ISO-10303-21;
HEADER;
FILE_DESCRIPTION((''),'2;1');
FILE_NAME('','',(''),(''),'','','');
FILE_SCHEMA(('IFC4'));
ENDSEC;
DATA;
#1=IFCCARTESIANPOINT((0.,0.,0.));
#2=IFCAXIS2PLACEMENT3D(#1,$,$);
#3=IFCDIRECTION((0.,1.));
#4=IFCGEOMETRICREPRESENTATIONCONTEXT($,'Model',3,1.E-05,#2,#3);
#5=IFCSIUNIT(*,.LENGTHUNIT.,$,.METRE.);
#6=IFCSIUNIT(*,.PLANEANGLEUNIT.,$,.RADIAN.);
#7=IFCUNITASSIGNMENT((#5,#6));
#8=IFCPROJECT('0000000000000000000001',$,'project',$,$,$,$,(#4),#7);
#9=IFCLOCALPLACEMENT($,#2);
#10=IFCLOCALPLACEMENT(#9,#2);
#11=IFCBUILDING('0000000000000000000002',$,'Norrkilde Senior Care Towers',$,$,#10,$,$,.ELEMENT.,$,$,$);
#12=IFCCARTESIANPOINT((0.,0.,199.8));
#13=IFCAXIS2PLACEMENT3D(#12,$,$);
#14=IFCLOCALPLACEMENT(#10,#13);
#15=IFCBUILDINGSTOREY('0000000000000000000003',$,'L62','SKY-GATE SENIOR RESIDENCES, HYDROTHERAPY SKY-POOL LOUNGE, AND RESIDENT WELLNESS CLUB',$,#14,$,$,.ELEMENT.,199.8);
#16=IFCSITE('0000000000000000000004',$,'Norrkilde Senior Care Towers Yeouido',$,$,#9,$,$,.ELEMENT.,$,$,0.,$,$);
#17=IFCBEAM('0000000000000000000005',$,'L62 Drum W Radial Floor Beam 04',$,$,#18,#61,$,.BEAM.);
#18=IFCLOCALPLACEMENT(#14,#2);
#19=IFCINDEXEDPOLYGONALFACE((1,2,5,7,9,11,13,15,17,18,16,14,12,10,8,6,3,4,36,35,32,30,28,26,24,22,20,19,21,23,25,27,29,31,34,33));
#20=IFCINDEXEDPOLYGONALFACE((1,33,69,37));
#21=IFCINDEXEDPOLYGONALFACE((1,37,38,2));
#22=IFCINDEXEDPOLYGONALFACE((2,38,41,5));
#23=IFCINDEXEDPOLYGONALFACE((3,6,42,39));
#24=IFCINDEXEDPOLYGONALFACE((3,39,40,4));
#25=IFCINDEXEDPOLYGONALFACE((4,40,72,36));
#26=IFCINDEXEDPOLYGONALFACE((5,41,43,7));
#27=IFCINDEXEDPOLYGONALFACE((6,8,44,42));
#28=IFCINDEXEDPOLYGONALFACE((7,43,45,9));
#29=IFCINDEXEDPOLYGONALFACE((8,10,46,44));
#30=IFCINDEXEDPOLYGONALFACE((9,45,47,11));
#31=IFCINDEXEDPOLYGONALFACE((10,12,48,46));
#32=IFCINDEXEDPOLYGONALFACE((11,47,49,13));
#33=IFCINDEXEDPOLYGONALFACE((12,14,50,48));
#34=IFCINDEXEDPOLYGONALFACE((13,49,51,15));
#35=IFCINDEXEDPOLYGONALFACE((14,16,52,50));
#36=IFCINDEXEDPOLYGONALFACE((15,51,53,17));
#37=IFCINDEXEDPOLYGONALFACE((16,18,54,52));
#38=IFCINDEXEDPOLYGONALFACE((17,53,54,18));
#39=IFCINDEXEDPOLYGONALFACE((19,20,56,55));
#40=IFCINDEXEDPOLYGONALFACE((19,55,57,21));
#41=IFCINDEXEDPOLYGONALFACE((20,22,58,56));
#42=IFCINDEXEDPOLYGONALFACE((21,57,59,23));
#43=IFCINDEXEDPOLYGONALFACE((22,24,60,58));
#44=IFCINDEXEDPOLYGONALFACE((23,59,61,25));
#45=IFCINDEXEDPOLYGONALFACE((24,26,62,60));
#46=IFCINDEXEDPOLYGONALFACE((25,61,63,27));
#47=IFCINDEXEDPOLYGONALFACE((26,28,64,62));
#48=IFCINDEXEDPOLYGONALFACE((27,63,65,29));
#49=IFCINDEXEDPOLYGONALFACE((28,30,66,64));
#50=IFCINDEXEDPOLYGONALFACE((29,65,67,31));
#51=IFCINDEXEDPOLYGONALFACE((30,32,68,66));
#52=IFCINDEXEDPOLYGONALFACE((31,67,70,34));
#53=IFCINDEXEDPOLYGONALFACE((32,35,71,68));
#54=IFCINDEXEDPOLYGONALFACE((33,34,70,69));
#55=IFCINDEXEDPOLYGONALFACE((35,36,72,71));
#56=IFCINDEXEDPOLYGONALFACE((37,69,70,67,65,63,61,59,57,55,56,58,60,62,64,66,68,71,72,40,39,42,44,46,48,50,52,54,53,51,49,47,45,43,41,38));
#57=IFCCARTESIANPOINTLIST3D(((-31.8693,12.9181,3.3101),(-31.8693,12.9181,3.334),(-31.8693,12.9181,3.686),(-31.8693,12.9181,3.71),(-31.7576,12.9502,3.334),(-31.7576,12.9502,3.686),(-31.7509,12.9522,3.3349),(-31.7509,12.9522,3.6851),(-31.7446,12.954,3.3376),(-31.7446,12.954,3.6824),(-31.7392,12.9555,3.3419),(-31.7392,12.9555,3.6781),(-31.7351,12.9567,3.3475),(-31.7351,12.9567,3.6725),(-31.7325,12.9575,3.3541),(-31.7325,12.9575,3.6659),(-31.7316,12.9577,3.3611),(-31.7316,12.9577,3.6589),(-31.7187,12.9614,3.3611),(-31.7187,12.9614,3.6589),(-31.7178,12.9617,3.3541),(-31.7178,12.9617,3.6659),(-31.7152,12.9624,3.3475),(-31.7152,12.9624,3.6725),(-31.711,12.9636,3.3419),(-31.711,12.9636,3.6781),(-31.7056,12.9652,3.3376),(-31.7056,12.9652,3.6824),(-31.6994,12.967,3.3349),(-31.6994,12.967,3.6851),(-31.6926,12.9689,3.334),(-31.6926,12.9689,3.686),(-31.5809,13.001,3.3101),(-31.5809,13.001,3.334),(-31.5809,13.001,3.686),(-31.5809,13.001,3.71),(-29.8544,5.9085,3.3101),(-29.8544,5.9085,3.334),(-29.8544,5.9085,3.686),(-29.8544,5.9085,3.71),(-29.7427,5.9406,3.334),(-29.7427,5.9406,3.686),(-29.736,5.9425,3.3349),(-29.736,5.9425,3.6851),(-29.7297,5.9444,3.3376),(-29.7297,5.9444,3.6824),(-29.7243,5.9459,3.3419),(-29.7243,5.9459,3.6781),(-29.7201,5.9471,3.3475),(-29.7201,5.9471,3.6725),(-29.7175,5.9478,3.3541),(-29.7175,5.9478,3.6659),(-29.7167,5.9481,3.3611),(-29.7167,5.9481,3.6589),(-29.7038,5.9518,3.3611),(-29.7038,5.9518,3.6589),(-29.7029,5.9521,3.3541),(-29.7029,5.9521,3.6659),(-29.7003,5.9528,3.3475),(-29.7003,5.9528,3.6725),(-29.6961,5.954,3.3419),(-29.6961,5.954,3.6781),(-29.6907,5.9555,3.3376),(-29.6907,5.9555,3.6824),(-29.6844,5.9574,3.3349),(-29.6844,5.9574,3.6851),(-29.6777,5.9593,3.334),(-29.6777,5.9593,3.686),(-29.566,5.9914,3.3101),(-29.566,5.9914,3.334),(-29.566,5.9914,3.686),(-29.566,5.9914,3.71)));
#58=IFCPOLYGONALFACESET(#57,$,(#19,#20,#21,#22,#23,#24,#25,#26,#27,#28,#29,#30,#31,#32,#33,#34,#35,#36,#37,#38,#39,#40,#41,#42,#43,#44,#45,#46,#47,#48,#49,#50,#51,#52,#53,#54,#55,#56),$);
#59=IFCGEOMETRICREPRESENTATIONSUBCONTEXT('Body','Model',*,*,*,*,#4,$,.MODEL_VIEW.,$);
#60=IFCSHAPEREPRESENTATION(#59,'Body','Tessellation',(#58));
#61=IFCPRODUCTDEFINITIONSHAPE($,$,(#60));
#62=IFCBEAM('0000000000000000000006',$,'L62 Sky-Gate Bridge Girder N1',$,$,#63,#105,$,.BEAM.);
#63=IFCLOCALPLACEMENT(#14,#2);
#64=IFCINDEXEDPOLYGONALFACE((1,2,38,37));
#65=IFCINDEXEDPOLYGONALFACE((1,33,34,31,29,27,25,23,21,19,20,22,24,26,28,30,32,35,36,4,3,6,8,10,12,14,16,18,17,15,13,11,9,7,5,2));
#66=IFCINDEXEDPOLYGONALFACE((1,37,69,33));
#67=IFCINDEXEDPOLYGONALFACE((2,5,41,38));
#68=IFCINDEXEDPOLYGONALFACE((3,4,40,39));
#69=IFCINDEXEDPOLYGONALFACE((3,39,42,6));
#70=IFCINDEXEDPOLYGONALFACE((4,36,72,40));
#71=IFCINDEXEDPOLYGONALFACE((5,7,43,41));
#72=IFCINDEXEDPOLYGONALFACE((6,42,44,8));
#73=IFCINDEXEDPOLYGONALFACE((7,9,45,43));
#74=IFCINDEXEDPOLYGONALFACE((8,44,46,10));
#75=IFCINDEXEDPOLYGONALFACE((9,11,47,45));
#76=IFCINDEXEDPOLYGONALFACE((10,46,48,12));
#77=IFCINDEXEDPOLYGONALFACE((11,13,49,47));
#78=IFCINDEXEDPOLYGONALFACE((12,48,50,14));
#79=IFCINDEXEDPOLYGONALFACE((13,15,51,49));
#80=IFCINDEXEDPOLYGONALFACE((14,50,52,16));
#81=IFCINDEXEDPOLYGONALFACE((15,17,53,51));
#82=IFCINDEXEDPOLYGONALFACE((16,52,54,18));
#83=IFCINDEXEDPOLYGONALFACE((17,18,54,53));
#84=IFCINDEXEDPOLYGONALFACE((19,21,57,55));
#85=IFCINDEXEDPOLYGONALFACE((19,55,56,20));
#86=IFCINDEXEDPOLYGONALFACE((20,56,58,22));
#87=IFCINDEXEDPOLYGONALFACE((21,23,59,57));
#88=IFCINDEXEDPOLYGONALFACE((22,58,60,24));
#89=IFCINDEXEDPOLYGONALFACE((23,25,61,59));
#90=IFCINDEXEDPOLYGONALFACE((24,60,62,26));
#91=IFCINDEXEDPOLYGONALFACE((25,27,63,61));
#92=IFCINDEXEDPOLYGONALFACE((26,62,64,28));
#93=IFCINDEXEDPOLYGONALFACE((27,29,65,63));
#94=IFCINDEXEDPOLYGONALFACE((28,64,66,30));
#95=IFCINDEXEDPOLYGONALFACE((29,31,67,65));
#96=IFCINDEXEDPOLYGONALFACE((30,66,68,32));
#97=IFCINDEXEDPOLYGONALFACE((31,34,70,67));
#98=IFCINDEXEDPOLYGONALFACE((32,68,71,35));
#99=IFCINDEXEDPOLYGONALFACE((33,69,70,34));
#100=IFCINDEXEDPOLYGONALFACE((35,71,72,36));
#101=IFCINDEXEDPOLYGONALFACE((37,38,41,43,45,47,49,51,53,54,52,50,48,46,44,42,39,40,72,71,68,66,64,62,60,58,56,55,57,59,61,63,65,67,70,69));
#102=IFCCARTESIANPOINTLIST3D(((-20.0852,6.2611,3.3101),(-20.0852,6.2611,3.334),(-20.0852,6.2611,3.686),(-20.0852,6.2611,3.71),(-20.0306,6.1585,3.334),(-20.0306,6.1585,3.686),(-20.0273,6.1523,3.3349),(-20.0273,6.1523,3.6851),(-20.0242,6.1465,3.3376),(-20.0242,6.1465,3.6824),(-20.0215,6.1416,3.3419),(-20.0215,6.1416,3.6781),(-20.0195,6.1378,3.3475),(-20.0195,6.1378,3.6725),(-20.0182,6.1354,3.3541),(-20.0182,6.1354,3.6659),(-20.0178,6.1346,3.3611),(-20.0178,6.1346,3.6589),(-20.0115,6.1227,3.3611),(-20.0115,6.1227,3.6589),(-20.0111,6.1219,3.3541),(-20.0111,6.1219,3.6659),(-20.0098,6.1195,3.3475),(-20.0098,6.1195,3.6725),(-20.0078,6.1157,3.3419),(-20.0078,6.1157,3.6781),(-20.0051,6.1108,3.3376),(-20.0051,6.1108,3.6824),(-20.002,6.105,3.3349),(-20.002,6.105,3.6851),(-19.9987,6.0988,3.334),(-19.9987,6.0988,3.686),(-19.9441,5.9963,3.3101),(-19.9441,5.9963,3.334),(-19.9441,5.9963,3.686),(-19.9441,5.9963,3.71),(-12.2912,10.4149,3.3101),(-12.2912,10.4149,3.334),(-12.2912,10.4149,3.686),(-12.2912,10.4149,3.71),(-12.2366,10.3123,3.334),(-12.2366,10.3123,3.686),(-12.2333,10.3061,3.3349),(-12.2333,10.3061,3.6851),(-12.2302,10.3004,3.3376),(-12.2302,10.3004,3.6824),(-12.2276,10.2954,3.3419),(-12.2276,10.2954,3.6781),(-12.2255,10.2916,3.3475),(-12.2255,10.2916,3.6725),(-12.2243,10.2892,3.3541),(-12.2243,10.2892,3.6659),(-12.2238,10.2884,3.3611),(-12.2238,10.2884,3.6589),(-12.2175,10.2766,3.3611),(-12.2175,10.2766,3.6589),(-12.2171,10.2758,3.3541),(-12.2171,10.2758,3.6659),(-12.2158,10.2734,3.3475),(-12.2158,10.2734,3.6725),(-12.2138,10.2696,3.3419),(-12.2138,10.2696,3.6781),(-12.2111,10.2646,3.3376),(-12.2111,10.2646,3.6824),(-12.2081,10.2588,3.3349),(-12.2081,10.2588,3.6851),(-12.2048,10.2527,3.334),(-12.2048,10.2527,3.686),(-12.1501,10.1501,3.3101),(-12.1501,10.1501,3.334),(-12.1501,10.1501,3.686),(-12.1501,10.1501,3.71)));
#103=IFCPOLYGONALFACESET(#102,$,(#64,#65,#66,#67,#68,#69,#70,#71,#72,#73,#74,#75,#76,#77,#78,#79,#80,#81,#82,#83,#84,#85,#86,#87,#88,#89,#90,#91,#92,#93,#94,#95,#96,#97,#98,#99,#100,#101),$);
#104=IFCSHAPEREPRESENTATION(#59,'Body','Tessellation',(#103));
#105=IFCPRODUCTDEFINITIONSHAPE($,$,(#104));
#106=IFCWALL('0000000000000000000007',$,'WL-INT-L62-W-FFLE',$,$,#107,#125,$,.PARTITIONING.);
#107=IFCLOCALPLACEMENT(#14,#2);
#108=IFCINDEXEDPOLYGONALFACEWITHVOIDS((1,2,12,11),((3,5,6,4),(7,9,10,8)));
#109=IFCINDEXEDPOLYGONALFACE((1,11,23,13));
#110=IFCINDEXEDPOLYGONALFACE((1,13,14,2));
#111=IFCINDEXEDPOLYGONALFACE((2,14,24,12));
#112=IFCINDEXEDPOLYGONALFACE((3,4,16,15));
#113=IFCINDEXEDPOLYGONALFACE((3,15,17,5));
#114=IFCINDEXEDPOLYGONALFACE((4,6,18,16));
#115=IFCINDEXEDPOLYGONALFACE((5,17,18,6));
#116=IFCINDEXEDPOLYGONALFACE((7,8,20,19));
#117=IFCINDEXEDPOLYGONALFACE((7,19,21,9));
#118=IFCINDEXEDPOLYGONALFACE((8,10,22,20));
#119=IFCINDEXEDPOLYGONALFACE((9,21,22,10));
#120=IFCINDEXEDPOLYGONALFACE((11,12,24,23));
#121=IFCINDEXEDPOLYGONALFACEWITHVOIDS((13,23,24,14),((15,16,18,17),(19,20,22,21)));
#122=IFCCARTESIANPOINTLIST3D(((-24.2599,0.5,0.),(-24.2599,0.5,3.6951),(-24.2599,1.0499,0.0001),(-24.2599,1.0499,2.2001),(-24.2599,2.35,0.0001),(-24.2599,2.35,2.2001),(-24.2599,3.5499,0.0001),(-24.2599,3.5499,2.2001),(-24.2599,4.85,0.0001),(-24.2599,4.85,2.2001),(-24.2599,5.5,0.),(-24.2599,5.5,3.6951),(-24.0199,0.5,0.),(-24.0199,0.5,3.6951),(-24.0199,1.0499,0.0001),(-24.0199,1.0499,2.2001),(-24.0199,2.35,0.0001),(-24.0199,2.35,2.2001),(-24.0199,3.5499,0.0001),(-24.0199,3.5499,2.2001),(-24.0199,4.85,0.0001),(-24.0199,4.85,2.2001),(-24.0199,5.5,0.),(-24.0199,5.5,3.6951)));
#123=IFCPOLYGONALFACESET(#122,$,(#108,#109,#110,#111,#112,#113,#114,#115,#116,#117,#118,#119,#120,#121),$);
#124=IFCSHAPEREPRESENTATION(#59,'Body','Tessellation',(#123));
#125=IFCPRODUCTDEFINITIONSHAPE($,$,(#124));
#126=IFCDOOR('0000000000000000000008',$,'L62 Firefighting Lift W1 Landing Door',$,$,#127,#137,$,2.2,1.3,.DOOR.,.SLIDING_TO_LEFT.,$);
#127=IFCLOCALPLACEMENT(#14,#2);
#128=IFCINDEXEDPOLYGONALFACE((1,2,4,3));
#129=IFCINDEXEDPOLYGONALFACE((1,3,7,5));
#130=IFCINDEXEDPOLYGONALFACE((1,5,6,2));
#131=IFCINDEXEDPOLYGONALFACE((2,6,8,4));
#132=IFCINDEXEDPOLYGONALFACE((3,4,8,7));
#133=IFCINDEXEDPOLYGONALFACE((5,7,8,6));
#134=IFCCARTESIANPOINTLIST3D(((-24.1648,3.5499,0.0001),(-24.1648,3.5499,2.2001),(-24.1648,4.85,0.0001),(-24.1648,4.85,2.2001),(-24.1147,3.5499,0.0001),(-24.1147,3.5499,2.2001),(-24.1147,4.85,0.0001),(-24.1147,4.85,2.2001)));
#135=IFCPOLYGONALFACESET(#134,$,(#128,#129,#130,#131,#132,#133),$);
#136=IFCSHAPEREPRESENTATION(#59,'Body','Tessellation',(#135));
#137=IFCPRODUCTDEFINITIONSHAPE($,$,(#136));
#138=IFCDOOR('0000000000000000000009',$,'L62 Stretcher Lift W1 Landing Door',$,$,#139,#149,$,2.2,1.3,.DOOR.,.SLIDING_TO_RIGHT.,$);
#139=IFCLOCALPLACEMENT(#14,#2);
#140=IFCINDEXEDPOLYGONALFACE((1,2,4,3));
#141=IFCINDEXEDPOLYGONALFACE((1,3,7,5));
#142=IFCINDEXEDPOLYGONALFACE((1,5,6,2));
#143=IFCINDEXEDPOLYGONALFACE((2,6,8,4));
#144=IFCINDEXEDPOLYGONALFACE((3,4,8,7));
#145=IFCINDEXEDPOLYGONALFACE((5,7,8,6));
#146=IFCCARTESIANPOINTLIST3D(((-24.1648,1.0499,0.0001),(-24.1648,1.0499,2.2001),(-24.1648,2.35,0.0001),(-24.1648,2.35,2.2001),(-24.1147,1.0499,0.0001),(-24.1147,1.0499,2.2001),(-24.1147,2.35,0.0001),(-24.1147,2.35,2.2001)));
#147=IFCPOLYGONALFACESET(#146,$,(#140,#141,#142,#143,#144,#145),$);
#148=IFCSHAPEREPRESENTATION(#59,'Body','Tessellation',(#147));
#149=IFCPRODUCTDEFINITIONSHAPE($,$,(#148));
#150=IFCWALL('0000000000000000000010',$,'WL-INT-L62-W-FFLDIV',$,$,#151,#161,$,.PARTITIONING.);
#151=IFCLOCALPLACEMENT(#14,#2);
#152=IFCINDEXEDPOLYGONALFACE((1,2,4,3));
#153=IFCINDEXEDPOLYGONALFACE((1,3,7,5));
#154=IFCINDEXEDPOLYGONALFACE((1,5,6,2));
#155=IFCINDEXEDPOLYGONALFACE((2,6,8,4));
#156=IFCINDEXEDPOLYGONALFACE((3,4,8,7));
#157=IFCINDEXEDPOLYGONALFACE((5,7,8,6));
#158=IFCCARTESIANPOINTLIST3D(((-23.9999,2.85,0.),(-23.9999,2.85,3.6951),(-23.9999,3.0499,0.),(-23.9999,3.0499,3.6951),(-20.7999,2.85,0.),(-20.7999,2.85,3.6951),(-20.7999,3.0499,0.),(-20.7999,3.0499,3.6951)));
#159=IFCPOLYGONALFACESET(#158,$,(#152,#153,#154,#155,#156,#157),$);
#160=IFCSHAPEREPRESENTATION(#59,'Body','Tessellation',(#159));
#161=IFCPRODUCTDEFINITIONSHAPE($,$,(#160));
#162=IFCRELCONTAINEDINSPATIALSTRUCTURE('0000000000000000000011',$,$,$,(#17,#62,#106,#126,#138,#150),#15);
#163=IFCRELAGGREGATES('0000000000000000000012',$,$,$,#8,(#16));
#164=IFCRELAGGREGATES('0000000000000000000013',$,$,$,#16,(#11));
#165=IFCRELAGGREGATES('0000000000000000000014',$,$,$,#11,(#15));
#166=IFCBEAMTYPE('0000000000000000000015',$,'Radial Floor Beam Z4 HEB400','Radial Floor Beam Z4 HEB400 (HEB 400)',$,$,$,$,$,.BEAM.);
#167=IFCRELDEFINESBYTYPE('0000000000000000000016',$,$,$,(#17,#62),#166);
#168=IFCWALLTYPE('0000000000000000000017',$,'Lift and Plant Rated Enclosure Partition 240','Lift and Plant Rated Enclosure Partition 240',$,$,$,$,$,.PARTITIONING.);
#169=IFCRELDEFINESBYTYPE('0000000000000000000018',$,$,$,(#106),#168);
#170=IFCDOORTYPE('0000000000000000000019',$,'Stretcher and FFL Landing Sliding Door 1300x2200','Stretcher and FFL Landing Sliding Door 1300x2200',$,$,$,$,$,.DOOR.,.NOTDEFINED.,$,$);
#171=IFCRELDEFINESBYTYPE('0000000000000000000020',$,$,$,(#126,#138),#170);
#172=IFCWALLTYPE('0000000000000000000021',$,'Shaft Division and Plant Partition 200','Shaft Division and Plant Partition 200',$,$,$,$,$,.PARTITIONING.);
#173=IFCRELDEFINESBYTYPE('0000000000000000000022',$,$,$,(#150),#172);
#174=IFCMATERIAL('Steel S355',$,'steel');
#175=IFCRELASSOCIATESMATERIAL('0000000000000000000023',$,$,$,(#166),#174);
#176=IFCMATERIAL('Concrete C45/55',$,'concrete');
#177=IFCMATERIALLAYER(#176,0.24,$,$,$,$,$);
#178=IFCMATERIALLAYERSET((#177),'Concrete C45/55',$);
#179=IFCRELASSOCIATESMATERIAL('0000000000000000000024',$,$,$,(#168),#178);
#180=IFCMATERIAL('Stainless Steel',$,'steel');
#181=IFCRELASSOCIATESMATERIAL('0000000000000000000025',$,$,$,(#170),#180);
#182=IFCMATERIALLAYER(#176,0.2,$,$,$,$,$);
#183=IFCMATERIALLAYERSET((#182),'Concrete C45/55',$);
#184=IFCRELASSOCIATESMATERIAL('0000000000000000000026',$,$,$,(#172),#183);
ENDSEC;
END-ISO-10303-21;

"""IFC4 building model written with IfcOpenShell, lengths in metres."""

from ifc_helpers import new_model, si_unit, direction, frame, frame_2d, origin, origin_2d, place, context, subcontext, project, spatial, rectangle, i_section, extrude, source, transform, mapped, material, layer, layer_set, material_profile, profile_set, type_object, type_shapes, element, fill, save


model = new_model("IFC4")

# Units and contexts
model_context = context("Model", 3, precision=1e-05, world=origin(), true_north=direction((0.0, 1.0)))
body_context = subcontext(model_context, "Body", "Model", "MODEL_VIEW")
ifc_project = project(units=[si_unit("LENGTHUNIT", "METRE"), si_unit("PLANEANGLEUNIT", "RADIAN")], contexts=[model_context])

# Site, building, storey
site_placement = place(None, origin())
site = spatial("IfcSite", under=ifc_project, at=site_placement, Name="Norrkilde Senior Care Towers Yeouido", CompositionType="ELEMENT", RefElevation=0.0)
building_placement = place(site_placement, origin())
building = spatial("IfcBuilding", under=site, at=building_placement, Name="Norrkilde Senior Care Towers", CompositionType="ELEMENT")
storey_placement = place(building_placement, frame((0.0, 0.0, 199.8)))
storey = spatial("IfcBuildingStorey", under=building, at=storey_placement, Name="L62", Description="SKY-GATE SENIOR RESIDENCES, HYDROTHERAPY SKY-POOL LOUNGE, AND RESIDENT WELLNESS CLUB", CompositionType="ELEMENT", Elevation=199.8)

# Beams
ifc_material_1 = material(Name="Steel S355", Category="steel")
ifc_material_profile_1 = material_profile(ifc_material_1, i_section(OverallWidth=0.3, OverallDepth=0.3999, WebThickness=0.0134, FlangeThickness=0.0239, FilletRadius=0.0271, at=origin_2d()), Name="HEB 400")
ifc_profile_set_1 = profile_set([ifc_material_profile_1], Name="Steel S355")
beam_type = type_object("IfcBeamType", Name="Radial Floor Beam Z4 HEB400", Description="Radial Floor Beam Z4 HEB400 (HEB 400)", PredefinedType="BEAM", material=ifc_profile_set_1)
shared_shape_1 = source(origin(), body_context, "Body", "SweptSolid", [
    extrude(i_section(OverallWidth=0.3, OverallDepth=0.3999, WebThickness=0.0134, FlangeThickness=0.0239, FilletRadius=0.0271, at=origin_2d()), origin(), (0.0, 0.0, 1.0), 7.2935),
])
for number, where, z_axis, x_axis, name in (
    (1, (-29.7102, 5.95, 3.51), (-0.276264, 0.961082, 0.0), (-0.961082, -0.276264, 0.0), "L62 Drum W Radial Floor Beam 04"),
):
    element("IfcBeam", number, at=place(storey_placement, frame(where, z_axis=z_axis, x_axis=x_axis)), inside=storey, type_object=beam_type, Name=name, PredefinedType="BEAM", context=body_context, shape_type="MappedRepresentation", body=[
        mapped(shared_shape_1, transform((0.0, 0.0, 0.0), x_axis=(1.0, 0.0, 0.0), y_axis=(0.0, 1.0, 0.0), z_axis=(0.0, 0.0, 1.0), scale=1.0)),
    ])
shared_shape_2 = source(origin(), body_context, "Body", "SweptSolid", [
    extrude(i_section(OverallWidth=0.3, OverallDepth=0.3999, WebThickness=0.0134, FlangeThickness=0.0239, FilletRadius=0.0271, at=origin_2d()), origin(), (0.0, 0.0, 1.0), 8.8318),
])
beam_1_placement = place(storey_placement, frame((-20.0146, 6.1287, 3.51), z_axis=(0.882492, 0.470327, 0.0), x_axis=(-0.470327, 0.882492, 0.0)))
element("IfcBeam", 2, at=beam_1_placement, inside=storey, type_object=beam_type, Name="L62 Sky-Gate Bridge Girder N1", PredefinedType="BEAM", context=body_context, shape_type="MappedRepresentation", body=[
    mapped(shared_shape_2, transform((0.0, 0.0, 0.0), x_axis=(1.0, 0.0, 0.0), y_axis=(0.0, 1.0, 0.0), z_axis=(0.0, 0.0, 1.0), scale=1.0)),
])

# Shared definitions
ifc_material_2 = material(Name="Concrete C45/55", Category="concrete")

# Wall, openings, doors
ifc_layer_1 = layer(ifc_material_2, 0.24)
ifc_layer_set_1 = layer_set([ifc_layer_1], Name="Concrete C45/55")
wall_type_1 = type_object("IfcWallType", Name="Lift and Plant Rated Enclosure Partition 240", Description="Lift and Plant Rated Enclosure Partition 240", PredefinedType="PARTITIONING", material=ifc_layer_set_1)
shared_shape_3 = source(origin(), body_context, "Body", "SweptSolid", [
    extrude(rectangle(XDim=5.0, YDim=0.24, at=frame_2d((2.5, 0.0))), origin(), (0.0, 0.0, 1.0), 3.6951),
])
type_shapes(wall_type_1, [shared_shape_3])
wall_1_placement = place(storey_placement, frame((-24.1399, 0.5, 0.0), z_axis=(0.0, 0.0, 1.0), x_axis=(0.0, 1.0, 0.0)))
wall_1 = element("IfcWall", 3, at=wall_1_placement, inside=storey, type_object=wall_type_1, Name="WL-INT-L62-W-FFLE", PredefinedType="PARTITIONING", context=body_context, shape_type="MappedRepresentation", body=[
    mapped(shared_shape_3, transform((0.0, 0.0, 0.0), x_axis=(1.0, 0.0, 0.0), y_axis=(0.0, 1.0, 0.0), z_axis=(0.0, 0.0, 1.0), scale=1.0)),
])
opening_1_placement = place(wall_1_placement, frame((3.05, 0.0, 0.0)))
opening_1 = element("IfcOpeningElement", 4, at=opening_1_placement, cuts=wall_1, PredefinedType="OPENING", context=body_context, shape_type="SweptSolid", body=[
    extrude(rectangle(XDim=1.3, YDim=2.2, at=frame_2d((0.6499, 1.1001))), frame((0.0, 0.1299, 0.0), z_axis=(0.0, -1.0, 0.0), x_axis=(1.0, 0.0, 0.0)), (0.0, 0.0, 1.0), 0.26),
])
opening_2_placement = place(wall_1_placement, frame((0.55, 0.0, 0.0)))
opening_2 = element("IfcOpeningElement", 5, at=opening_2_placement, cuts=wall_1, PredefinedType="OPENING", context=body_context, shape_type="SweptSolid", body=[
    extrude(rectangle(XDim=1.3, YDim=2.2, at=frame_2d((0.6499, 1.1001))), frame((0.0, 0.1299, 0.0), z_axis=(0.0, -1.0, 0.0), x_axis=(1.0, 0.0, 0.0)), (0.0, 0.0, 1.0), 0.26),
])
ifc_material_3 = material(Name="Stainless Steel", Category="steel")
door_type_1 = type_object("IfcDoorType", Name="Stretcher and FFL Landing Sliding Door 1300x2200", Description="Stretcher and FFL Landing Sliding Door 1300x2200", OperationType="NOTDEFINED", PredefinedType="DOOR", material=ifc_material_3)
shared_shape_4 = source(origin(), body_context, "Body", "SweptSolid", [
    extrude(rectangle(XDim=1.3, YDim=2.2, at=frame_2d((0.6499, 1.1001))), frame((0.0, 0.0249, 0.0), z_axis=(0.0, -1.0, 0.0), x_axis=(1.0, 0.0, 0.0)), (0.0, 0.0, 1.0), 0.05),
])
type_shapes(door_type_1, [shared_shape_4])
door_1_placement = place(opening_1_placement, origin())
door_1 = element("IfcDoor", 6, at=door_1_placement, inside=storey, type_object=door_type_1, Name="L62 Firefighting Lift W1 Landing Door", OperationType="SLIDING_TO_LEFT", OverallHeight=2.2, OverallWidth=1.3, PredefinedType="DOOR", context=body_context, shape_type="MappedRepresentation", body=[
    mapped(shared_shape_4, transform((0.0, 0.0, 0.0), x_axis=(1.0, 0.0, 0.0), y_axis=(0.0, 1.0, 0.0), z_axis=(0.0, 0.0, 1.0), scale=1.0)),
])
fill(opening_1, door_1)
door_2_placement = place(opening_2_placement, origin())
door_2 = element("IfcDoor", 7, at=door_2_placement, inside=storey, type_object=door_type_1, Name="L62 Stretcher Lift W1 Landing Door", OperationType="SLIDING_TO_RIGHT", OverallHeight=2.2, OverallWidth=1.3, PredefinedType="DOOR", context=body_context, shape_type="MappedRepresentation", body=[
    mapped(shared_shape_4, transform((0.0, 0.0, 0.0), x_axis=(1.0, 0.0, 0.0), y_axis=(0.0, 1.0, 0.0), z_axis=(0.0, 0.0, 1.0), scale=1.0)),
])
fill(opening_2, door_2)

# Wall
ifc_layer_2 = layer(ifc_material_2, 0.2)
ifc_layer_set_2 = layer_set([ifc_layer_2], Name="Concrete C45/55")
wall_type_2 = type_object("IfcWallType", Name="Shaft Division and Plant Partition 200", Description="Shaft Division and Plant Partition 200", PredefinedType="PARTITIONING", material=ifc_layer_set_2)
shared_shape_5 = source(origin(), body_context, "Body", "SweptSolid", [
    extrude(rectangle(XDim=3.2, YDim=0.2, at=frame_2d((1.6001, 0.0))), origin(), (0.0, 0.0, 1.0), 3.6951),
])
type_shapes(wall_type_2, [shared_shape_5])
wall_2_placement = place(storey_placement, frame((-24.0, 2.95, 0.0), z_axis=(0.0, 0.0, 1.0), x_axis=(1.0, 0.0, 0.0)))
element("IfcWall", 8, at=wall_2_placement, inside=storey, type_object=wall_type_2, Name="WL-INT-L62-W-FFLDIV", PredefinedType="PARTITIONING", context=body_context, shape_type="MappedRepresentation", body=[
    mapped(shared_shape_5, transform((0.0, 0.0, 0.0), x_axis=(1.0, 0.0, 0.0), y_axis=(0.0, 1.0, 0.0), z_axis=(0.0, 0.0, 1.0), scale=1.0)),
])

save(model, "model.ifc")
